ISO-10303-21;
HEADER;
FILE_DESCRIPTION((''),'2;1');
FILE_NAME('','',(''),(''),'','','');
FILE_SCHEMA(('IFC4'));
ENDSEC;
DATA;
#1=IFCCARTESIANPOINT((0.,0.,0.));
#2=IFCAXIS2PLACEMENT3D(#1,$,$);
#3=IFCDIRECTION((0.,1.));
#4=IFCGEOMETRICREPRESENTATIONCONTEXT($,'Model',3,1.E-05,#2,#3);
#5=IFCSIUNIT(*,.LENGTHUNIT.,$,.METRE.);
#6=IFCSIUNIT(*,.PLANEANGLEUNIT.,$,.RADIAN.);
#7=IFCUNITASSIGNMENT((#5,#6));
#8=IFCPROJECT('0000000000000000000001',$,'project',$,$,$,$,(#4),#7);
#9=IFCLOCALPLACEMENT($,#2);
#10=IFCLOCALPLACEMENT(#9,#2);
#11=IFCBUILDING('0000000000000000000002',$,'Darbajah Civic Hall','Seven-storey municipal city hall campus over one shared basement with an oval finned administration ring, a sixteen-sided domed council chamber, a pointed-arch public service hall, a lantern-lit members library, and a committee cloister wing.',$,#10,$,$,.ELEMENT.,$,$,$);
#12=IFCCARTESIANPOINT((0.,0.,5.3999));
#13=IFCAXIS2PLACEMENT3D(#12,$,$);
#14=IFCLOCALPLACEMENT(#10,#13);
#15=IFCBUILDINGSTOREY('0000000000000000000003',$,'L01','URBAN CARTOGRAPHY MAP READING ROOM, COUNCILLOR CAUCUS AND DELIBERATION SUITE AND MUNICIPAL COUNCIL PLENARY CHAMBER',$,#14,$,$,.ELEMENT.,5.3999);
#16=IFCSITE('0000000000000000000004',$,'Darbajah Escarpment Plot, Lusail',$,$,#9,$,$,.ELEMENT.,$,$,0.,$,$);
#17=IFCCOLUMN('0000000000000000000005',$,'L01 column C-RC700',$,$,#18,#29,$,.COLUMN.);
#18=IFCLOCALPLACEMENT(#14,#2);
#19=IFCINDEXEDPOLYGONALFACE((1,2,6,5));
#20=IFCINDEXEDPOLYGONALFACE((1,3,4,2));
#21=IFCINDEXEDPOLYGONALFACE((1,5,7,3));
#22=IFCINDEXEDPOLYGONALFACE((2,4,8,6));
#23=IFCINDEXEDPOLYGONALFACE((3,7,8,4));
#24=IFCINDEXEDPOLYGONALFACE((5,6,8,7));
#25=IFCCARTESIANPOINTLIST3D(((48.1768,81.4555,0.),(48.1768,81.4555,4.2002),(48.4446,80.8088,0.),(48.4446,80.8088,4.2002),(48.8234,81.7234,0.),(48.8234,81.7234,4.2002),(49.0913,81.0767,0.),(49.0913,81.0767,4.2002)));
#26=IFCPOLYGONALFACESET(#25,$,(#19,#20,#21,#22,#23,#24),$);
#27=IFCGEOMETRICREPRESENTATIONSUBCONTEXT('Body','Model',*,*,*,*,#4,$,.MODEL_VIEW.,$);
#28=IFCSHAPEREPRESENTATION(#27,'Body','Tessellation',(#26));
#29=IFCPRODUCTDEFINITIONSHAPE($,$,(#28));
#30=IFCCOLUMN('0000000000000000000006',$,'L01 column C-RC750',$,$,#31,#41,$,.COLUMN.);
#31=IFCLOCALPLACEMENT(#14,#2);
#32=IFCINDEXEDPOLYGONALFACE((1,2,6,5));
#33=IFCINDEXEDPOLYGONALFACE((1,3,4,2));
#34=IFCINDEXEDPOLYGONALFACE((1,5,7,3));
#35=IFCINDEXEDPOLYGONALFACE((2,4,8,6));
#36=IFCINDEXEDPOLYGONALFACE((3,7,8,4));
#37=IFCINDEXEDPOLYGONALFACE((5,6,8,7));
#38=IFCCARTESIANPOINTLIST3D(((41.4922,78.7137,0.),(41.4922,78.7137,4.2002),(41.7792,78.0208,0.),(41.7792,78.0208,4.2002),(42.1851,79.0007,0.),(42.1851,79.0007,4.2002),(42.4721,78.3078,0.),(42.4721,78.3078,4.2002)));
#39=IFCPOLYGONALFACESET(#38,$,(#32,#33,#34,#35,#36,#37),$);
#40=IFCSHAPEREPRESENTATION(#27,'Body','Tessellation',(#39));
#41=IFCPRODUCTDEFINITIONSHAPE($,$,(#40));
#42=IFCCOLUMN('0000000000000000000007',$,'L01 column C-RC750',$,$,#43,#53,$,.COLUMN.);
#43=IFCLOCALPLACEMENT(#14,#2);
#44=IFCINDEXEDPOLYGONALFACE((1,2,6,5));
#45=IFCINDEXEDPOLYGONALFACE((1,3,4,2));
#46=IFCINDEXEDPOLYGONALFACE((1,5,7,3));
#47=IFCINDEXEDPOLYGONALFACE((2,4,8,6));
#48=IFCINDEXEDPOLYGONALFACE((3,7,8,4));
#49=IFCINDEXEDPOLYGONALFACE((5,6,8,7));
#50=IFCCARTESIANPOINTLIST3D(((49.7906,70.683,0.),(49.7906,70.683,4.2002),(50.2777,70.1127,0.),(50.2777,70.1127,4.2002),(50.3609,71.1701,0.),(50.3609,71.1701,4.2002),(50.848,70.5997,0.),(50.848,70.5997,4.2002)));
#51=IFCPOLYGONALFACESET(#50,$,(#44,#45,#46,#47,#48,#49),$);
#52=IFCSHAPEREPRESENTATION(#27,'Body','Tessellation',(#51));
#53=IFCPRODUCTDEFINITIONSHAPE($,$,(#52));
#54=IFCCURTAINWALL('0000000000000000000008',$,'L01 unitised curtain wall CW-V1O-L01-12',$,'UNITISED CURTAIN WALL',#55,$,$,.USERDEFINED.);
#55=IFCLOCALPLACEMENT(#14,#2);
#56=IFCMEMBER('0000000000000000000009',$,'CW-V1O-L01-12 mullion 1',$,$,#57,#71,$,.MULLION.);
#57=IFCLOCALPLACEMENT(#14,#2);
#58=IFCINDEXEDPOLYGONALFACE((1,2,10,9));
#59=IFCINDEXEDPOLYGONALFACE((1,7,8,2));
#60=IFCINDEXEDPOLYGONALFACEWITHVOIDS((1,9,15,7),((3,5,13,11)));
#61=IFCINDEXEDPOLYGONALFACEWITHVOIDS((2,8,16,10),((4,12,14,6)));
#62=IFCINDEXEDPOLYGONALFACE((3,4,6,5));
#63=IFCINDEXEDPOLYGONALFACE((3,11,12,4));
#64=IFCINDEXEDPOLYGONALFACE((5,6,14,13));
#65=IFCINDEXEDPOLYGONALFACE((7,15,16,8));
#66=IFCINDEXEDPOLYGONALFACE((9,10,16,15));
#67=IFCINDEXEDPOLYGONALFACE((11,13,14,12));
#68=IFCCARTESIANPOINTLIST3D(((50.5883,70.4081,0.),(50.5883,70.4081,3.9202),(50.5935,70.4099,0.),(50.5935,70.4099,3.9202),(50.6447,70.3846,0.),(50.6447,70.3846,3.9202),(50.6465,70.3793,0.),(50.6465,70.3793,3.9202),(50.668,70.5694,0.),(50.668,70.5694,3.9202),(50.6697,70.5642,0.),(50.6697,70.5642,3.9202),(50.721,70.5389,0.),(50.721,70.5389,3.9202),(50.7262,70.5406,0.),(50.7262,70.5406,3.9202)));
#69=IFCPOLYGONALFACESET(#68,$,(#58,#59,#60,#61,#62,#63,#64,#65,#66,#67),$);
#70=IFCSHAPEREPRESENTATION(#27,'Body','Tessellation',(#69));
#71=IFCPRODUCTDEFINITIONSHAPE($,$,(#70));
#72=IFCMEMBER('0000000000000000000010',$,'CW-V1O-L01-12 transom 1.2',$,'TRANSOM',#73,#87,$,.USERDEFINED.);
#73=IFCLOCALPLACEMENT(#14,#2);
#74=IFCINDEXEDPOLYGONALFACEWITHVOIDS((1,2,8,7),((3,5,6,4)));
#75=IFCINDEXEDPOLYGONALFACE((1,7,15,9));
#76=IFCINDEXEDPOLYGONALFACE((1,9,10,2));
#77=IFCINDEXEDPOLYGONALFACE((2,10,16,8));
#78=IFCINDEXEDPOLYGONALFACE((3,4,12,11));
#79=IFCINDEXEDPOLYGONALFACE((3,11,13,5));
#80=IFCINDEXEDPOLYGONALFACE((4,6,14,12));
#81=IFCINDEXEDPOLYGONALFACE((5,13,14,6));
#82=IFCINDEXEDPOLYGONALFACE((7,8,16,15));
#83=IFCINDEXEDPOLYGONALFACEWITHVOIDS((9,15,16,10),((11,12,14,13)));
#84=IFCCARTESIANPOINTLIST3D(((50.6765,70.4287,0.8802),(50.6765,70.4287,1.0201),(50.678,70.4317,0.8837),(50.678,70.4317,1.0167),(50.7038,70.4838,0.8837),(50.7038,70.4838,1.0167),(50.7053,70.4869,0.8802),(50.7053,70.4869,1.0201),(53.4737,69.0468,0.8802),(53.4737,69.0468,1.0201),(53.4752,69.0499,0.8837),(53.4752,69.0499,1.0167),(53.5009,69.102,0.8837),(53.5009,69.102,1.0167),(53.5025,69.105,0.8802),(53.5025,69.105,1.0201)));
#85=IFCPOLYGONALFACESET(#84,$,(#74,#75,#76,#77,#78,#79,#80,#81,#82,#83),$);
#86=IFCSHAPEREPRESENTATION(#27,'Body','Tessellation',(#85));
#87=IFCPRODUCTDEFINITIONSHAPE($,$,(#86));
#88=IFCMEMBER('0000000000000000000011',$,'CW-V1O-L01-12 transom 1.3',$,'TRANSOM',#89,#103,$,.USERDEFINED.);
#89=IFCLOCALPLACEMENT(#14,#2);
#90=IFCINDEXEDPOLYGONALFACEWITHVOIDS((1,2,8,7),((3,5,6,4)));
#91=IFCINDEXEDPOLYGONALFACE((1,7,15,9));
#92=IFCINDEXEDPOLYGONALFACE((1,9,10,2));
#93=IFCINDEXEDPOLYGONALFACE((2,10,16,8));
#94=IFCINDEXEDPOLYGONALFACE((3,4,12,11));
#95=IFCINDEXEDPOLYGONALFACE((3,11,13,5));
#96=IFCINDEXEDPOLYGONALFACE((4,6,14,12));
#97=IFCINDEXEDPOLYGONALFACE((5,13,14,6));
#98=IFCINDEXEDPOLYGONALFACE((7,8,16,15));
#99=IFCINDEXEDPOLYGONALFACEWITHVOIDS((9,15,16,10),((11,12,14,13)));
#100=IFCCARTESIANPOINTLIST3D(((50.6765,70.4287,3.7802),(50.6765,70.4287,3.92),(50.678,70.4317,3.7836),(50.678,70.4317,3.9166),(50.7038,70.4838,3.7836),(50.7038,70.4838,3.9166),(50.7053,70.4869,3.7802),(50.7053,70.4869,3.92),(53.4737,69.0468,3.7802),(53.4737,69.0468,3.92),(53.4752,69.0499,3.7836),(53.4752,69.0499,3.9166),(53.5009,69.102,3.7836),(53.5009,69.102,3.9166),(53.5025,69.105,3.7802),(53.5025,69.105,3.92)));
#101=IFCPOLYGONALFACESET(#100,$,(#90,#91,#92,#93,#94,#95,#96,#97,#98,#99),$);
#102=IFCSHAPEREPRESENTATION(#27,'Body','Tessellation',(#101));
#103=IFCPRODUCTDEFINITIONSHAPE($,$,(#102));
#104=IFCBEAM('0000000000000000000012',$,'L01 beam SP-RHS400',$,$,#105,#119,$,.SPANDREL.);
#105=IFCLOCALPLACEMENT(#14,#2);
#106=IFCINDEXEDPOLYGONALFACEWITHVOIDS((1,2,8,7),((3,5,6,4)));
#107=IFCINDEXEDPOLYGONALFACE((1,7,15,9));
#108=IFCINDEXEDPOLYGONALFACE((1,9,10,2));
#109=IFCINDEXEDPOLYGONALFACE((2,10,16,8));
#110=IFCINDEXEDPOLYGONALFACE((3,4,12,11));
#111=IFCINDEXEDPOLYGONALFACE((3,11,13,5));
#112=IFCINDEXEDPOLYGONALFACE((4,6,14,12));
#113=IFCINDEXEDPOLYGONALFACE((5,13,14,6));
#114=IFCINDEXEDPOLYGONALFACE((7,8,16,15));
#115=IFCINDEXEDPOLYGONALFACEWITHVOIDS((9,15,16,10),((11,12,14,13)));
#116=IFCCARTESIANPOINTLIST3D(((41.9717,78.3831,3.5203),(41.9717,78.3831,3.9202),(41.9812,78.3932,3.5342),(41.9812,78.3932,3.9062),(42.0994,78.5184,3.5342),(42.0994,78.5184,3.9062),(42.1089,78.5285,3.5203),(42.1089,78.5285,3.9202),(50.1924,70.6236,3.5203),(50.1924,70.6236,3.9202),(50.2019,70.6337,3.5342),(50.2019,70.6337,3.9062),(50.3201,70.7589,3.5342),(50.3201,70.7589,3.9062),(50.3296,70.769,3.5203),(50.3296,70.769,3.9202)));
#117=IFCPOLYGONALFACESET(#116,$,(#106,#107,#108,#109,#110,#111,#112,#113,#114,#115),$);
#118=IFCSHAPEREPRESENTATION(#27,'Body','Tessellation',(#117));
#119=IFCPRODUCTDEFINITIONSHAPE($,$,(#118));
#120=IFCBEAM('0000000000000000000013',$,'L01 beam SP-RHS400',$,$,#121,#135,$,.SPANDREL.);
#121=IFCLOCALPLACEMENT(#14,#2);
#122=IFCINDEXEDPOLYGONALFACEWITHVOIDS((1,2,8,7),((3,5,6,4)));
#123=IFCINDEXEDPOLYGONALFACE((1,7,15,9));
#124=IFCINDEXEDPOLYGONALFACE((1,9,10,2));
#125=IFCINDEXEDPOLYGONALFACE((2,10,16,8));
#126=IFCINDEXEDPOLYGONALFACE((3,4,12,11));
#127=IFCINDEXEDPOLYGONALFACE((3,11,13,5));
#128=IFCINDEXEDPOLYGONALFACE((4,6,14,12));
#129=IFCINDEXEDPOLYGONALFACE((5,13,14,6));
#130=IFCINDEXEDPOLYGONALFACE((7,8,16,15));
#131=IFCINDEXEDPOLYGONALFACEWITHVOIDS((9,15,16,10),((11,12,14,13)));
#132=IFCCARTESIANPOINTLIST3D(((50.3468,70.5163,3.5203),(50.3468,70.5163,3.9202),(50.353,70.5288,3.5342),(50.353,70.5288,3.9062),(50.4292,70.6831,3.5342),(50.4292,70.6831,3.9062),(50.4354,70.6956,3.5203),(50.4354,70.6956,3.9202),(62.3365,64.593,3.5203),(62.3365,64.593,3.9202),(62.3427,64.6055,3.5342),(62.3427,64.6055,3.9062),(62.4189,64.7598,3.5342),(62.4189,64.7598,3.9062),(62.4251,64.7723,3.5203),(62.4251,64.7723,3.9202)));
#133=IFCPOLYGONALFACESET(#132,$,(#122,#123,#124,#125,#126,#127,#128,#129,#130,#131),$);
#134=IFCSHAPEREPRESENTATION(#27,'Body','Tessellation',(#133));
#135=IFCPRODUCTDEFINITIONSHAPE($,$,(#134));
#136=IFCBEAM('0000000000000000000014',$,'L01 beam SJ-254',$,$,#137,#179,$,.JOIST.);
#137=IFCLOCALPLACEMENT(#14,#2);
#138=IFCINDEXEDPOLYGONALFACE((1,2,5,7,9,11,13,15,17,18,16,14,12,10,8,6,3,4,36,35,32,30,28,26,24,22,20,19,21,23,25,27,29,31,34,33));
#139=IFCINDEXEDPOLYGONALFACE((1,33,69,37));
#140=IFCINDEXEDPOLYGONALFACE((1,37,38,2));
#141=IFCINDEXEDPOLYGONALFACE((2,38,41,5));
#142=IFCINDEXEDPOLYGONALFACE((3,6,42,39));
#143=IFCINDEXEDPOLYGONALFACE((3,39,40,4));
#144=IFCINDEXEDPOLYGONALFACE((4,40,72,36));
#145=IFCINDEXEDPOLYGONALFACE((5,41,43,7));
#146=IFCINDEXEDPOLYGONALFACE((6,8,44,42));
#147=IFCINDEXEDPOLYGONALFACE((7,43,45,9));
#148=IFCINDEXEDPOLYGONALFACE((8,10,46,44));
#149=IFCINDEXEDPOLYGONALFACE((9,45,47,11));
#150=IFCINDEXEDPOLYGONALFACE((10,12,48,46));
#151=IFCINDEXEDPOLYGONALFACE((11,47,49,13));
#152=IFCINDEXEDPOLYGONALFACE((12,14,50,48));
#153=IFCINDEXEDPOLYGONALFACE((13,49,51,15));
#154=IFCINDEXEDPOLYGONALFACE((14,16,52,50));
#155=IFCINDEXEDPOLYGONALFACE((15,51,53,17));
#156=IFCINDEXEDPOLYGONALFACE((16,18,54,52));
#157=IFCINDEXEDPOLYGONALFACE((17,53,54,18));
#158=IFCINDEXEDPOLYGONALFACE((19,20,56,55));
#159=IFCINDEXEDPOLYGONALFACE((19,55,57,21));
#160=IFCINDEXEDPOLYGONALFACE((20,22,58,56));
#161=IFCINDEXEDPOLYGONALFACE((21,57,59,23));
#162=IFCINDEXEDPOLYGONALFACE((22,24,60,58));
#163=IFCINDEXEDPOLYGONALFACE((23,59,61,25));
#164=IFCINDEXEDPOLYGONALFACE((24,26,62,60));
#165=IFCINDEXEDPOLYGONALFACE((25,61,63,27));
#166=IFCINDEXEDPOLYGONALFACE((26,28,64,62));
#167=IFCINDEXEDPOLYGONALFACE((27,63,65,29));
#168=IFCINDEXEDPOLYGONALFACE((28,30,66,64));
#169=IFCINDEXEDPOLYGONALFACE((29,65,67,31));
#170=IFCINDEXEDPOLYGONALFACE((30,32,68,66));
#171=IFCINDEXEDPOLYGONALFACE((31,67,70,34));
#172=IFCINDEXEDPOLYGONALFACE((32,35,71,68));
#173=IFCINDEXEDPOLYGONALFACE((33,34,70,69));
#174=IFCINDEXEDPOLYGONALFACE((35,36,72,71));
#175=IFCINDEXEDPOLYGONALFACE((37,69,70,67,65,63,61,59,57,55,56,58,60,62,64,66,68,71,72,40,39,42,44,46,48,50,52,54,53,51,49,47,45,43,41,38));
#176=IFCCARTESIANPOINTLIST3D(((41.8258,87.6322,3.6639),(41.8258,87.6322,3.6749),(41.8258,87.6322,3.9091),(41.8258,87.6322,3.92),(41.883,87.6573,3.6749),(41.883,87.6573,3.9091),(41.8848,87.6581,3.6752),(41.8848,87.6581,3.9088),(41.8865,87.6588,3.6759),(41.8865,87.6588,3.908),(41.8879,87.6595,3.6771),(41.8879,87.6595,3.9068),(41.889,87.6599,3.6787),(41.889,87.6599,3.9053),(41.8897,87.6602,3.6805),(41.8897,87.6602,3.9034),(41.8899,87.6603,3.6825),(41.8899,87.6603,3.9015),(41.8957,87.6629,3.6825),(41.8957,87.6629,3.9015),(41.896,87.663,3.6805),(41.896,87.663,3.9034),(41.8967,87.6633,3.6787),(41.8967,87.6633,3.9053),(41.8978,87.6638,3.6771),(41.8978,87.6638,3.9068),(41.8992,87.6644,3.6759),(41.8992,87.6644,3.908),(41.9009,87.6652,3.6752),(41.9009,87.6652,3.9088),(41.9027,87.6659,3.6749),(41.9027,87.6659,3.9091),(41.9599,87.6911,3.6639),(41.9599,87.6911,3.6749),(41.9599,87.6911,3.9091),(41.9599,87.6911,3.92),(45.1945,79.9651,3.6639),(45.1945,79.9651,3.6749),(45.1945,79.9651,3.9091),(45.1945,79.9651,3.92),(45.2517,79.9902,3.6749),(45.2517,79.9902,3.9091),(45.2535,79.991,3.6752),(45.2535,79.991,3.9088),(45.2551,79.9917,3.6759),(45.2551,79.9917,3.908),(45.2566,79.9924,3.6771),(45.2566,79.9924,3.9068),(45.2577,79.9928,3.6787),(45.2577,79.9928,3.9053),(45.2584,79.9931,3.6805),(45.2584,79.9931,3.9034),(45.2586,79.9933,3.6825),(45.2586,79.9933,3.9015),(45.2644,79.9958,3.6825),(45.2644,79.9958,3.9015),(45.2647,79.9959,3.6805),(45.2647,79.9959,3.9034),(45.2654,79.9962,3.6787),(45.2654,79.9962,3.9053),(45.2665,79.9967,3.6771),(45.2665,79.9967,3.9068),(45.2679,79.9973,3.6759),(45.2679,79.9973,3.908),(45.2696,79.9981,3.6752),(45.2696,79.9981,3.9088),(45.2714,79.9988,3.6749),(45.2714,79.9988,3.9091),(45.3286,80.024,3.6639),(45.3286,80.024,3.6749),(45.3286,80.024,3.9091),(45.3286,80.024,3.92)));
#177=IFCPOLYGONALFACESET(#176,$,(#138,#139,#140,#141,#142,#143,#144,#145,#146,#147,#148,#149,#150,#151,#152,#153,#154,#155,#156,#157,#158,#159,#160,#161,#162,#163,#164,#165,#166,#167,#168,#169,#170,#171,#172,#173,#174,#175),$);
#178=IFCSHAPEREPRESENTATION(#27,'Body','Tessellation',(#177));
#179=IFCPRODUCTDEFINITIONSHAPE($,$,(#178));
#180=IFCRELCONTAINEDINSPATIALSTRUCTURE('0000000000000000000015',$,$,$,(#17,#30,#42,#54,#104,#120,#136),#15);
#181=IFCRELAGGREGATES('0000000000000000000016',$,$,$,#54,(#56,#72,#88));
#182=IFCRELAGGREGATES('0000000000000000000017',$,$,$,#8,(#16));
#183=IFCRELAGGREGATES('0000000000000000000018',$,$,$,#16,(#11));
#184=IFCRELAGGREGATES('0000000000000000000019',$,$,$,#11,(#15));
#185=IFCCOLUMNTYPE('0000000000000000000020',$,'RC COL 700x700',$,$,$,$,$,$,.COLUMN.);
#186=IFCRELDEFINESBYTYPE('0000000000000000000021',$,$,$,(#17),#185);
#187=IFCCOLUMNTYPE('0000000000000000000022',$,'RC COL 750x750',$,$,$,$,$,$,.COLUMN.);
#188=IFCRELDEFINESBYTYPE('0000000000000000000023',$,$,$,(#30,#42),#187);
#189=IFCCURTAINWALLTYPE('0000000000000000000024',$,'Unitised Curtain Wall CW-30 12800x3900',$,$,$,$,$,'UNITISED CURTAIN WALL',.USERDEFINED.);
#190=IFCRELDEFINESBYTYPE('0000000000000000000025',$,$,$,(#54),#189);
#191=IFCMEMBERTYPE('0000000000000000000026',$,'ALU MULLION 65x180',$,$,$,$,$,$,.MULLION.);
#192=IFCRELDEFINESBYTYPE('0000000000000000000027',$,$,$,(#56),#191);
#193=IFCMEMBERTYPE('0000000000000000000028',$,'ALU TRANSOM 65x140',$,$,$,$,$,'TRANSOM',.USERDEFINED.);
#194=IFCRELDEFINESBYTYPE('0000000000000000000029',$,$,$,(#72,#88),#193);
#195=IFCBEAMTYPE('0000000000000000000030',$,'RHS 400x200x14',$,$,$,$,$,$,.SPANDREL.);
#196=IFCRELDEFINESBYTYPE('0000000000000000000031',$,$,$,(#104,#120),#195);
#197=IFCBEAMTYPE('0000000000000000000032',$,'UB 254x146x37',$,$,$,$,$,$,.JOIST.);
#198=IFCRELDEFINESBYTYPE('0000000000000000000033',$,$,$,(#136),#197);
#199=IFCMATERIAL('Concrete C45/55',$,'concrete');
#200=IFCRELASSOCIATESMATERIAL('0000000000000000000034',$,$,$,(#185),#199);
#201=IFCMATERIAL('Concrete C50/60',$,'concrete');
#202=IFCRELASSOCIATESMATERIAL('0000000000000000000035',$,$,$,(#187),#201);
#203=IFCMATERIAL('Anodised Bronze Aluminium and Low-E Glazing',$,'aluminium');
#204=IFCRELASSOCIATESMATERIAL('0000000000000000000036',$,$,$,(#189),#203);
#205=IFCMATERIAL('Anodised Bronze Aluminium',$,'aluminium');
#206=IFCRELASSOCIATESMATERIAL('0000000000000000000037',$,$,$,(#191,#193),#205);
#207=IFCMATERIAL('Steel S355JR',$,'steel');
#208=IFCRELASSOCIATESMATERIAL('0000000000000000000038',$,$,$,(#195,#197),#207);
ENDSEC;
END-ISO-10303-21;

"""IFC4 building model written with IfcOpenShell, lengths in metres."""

from ifc_helpers import new_model, si_unit, direction, frame, origin, origin_2d, place, context, subcontext, project, spatial, rectangle, hollow_rectangle, i_section, extrude, material, material_profile, profile_set, type_object, element, aggregate, save


model = new_model("IFC4")

# Units and contexts
model_context = context("Model", 3, precision=1e-05, world=origin(), true_north=direction((0.0, 1.0)))
body_context = subcontext(model_context, "Body", "Model", "MODEL_VIEW")
ifc_project = project(units=[si_unit("LENGTHUNIT", "METRE"), si_unit("PLANEANGLEUNIT", "RADIAN")], contexts=[model_context])

# Site, building, storey
site_placement = place(None, origin())
site = spatial("IfcSite", under=ifc_project, at=site_placement, Name="Darbajah Escarpment Plot, Lusail", CompositionType="ELEMENT", RefElevation=0.0)
building_placement = place(site_placement, origin())
building = spatial("IfcBuilding", under=site, at=building_placement, Name="Darbajah Civic Hall", Description="Seven-storey municipal city hall campus over one shared basement with an oval finned administration ring, a sixteen-sided domed council chamber, a pointed-arch public service hall, a lantern-lit members library, and a committee cloister wing.", CompositionType="ELEMENT")
storey_placement = place(building_placement, frame((0.0, 0.0, 5.3999)))
storey = spatial("IfcBuildingStorey", under=building, at=storey_placement, Name="L01", Description="URBAN CARTOGRAPHY MAP READING ROOM, COUNCILLOR CAUCUS AND DELIBERATION SUITE AND MUNICIPAL COUNCIL PLENARY CHAMBER", CompositionType="ELEMENT", Elevation=5.3999)

# Columns
ifc_material_1 = material(Name="Concrete C45/55", Category="concrete")
ifc_material_profile_1 = material_profile(ifc_material_1, rectangle(XDim=0.7, YDim=0.7, at=origin_2d()), Name="RC COL 700x700")
ifc_profile_set_1 = profile_set([ifc_material_profile_1], Name="Concrete C45/55")
column_type_1 = type_object("IfcColumnType", Name="RC COL 700x700", PredefinedType="COLUMN", material=ifc_profile_set_1)
column_placement = place(storey_placement, frame((48.634, 81.2661, 0.0), z_axis=(0.0, 0.0, 1.0), x_axis=(-0.92388, -0.382683, 0.0)))
element("IfcColumn", 1, at=column_placement, inside=storey, type_object=column_type_1, Name="L01 column C-RC700", PredefinedType="COLUMN", context=body_context, shape_type="SweptSolid", body=[
    extrude(rectangle(XDim=0.7, YDim=0.7, at=origin_2d()), origin(), (0.0, 0.0, 1.0), 4.2002),
])
ifc_material_2 = material(Name="Concrete C50/60", Category="concrete")
ifc_material_profile_2 = material_profile(ifc_material_2, rectangle(XDim=0.75, YDim=0.75, at=origin_2d()), Name="RC COL 750x750")
ifc_profile_set_2 = profile_set([ifc_material_profile_2], Name="Concrete C50/60")
column_type_2 = type_object("IfcColumnType", Name="RC COL 750x750", PredefinedType="COLUMN", material=ifc_profile_set_2)
for number, where, z_axis, x_axis, name in (
    (2, (41.9822, 78.5107, 0.0), (0.0, 0.0, 1.0), (-0.92388, -0.382683, 0.0), "L01 column C-RC750"),
    (3, (50.3193, 70.6414, 0.0), (0.0, 0.0, 1.0), (-0.760406, -0.649448, 0.0), "L01 column C-RC750"),
):
    element("IfcColumn", number, at=place(storey_placement, frame(where, z_axis=z_axis, x_axis=x_axis)), inside=storey, type_object=column_type_2, Name=name, PredefinedType="COLUMN", context=body_context, shape_type="SweptSolid", body=[
        extrude(rectangle(XDim=0.75, YDim=0.75, at=origin_2d()), origin(), (0.0, 0.0, 1.0), 4.2002),
    ])

# Curtain wall, members
ifc_material_3 = material(Name="Anodised Bronze Aluminium and Low-E Glazing", Category="aluminium")
curtain_wall_type = type_object("IfcCurtainWallType", Name="Unitised Curtain Wall CW-30 12800x3900", ElementType="UNITISED CURTAIN WALL", PredefinedType="USERDEFINED", material=ifc_material_3)
curtain_wall_placement = place(storey_placement, origin())
curtain_wall = element("IfcCurtainWall", 4, at=curtain_wall_placement, inside=storey, type_object=curtain_wall_type, Name="L01 unitised curtain wall CW-V1O-L01-12", ObjectType="UNITISED CURTAIN WALL", PredefinedType="USERDEFINED")
ifc_material_4 = material(Name="Anodised Bronze Aluminium", Category="aluminium")
ifc_material_profile_3 = material_profile(ifc_material_4, hollow_rectangle(XDim=0.0649, YDim=0.1799, WallThickness=0.0039, at=origin_2d()), Name="ALU MULLION 65x180")
ifc_profile_set_3 = profile_set([ifc_material_profile_3], Name="Anodised Bronze Aluminium")
member_type_1 = type_object("IfcMemberType", Name="ALU MULLION 65x180", PredefinedType="MULLION", material=ifc_profile_set_3)
member_1_placement = place(storey_placement, frame((50.6572, 70.4744, 0.0), z_axis=(0.0, 0.0, 1.0), x_axis=(0.896564, -0.442915, 0.0)))
member_1 = element("IfcMember", 5, at=member_1_placement, type_object=member_type_1, Name="CW-V1O-L01-12 mullion 1", PredefinedType="MULLION", context=body_context, shape_type="SweptSolid", body=[
    extrude(hollow_rectangle(XDim=0.0649, YDim=0.1799, WallThickness=0.0039, at=origin_2d()), origin(), (0.0, 0.0, 1.0), 3.9202),
])
ifc_material_profile_4 = material_profile(ifc_material_4, hollow_rectangle(XDim=0.0649, YDim=0.1399, WallThickness=0.0034, at=origin_2d()), Name="ALU TRANSOM 65x140")
ifc_profile_set_4 = profile_set([ifc_material_profile_4], Name="Anodised Bronze Aluminium")
member_type_2 = type_object("IfcMemberType", Name="ALU TRANSOM 65x140", ElementType="TRANSOM", PredefinedType="USERDEFINED", material=ifc_profile_set_4)
member_2_placement = place(storey_placement, frame((50.6909, 70.4578, 0.9502), z_axis=(0.896561, -0.44292, 0.0), x_axis=(0.44292, 0.896561, 0.0)))
member_2 = element("IfcMember", 6, at=member_2_placement, type_object=member_type_2, Name="CW-V1O-L01-12 transom 1.2", ObjectType="TRANSOM", PredefinedType="USERDEFINED", context=body_context, shape_type="SweptSolid", body=[
    extrude(hollow_rectangle(XDim=0.0649, YDim=0.1399, WallThickness=0.0034, at=origin_2d()), origin(), (0.0, 0.0, 1.0), 3.1199),
])
member_3_placement = place(storey_placement, frame((50.6909, 70.4578, 3.8501), z_axis=(0.896561, -0.44292, 0.0), x_axis=(0.44292, 0.896561, 0.0)))
member_3 = element("IfcMember", 7, at=member_3_placement, type_object=member_type_2, Name="CW-V1O-L01-12 transom 1.3", ObjectType="TRANSOM", PredefinedType="USERDEFINED", context=body_context, shape_type="SweptSolid", body=[
    extrude(hollow_rectangle(XDim=0.0649, YDim=0.1399, WallThickness=0.0034, at=origin_2d()), origin(), (0.0, 0.0, 1.0), 3.1199),
])
aggregate(curtain_wall, [member_1, member_2, member_3])

# Beams
ifc_material_5 = material(Name="Steel S355JR", Category="steel")
ifc_material_profile_5 = material_profile(ifc_material_5, hollow_rectangle(XDim=0.2, YDim=0.3999, WallThickness=0.0139, at=origin_2d()), Name="RHS 400x200x14")
ifc_profile_set_5 = profile_set([ifc_material_profile_5], Name="Steel S355JR")
beam_type_1 = type_object("IfcBeamType", Name="RHS 400x200x14", PredefinedType="SPANDREL", material=ifc_profile_set_5)
beam_1_placement = place(storey_placement, frame((42.0403, 78.4558, 3.7202), z_axis=(0.727211, -0.686414, 0.0), x_axis=(0.686414, 0.727211, 0.0)))
element("IfcBeam", 8, at=beam_1_placement, inside=storey, type_object=beam_type_1, Name="L01 beam SP-RHS400", PredefinedType="SPANDREL", context=body_context, shape_type="SweptSolid", body=[
    extrude(hollow_rectangle(XDim=0.2, YDim=0.3999, WallThickness=0.0139, at=origin_2d()), origin(), (0.0, 0.0, 1.0), 11.3044),
])
beam_2_placement = place(storey_placement, frame((50.3911, 70.606, 3.7202), z_axis=(0.896557, -0.442929, 0.0), x_axis=(0.442929, 0.896557, 0.0)))
element("IfcBeam", 9, at=beam_2_placement, inside=storey, type_object=beam_type_1, Name="L01 beam SP-RHS400", PredefinedType="SPANDREL", context=body_context, shape_type="SweptSolid", body=[
    extrude(hollow_rectangle(XDim=0.2, YDim=0.3999, WallThickness=0.0139, at=origin_2d()), origin(), (0.0, 0.0, 1.0), 13.373),
])
ifc_material_profile_6 = material_profile(ifc_material_5, i_section(OverallWidth=0.1465, OverallDepth=0.2561, WebThickness=0.0063, FlangeThickness=0.011, FilletRadius=0.0076, at=origin_2d()), Name="UB 254x146x37")
ifc_profile_set_6 = profile_set([ifc_material_profile_6], Name="Steel S355JR")
beam_type_2 = type_object("IfcBeamType", Name="UB 254x146x37", PredefinedType="JOIST", material=ifc_profile_set_6)
beam_3_placement = place(storey_placement, frame((41.8928, 87.6616, 3.792), z_axis=(0.402256, -0.915527, 0.0), x_axis=(0.915527, 0.402256, 0.0)))
element("IfcBeam", 10, at=beam_3_placement, inside=storey, type_object=beam_type_2, Name="L01 beam SJ-254", PredefinedType="JOIST", context=body_context, shape_type="SweptSolid", body=[
    extrude(i_section(OverallWidth=0.1465, OverallDepth=0.2561, WebThickness=0.0063, FlangeThickness=0.011, FilletRadius=0.0076, at=origin_2d()), origin(), (0.0, 0.0, 1.0), 8.3745),
])

save(model, "model.ifc")
